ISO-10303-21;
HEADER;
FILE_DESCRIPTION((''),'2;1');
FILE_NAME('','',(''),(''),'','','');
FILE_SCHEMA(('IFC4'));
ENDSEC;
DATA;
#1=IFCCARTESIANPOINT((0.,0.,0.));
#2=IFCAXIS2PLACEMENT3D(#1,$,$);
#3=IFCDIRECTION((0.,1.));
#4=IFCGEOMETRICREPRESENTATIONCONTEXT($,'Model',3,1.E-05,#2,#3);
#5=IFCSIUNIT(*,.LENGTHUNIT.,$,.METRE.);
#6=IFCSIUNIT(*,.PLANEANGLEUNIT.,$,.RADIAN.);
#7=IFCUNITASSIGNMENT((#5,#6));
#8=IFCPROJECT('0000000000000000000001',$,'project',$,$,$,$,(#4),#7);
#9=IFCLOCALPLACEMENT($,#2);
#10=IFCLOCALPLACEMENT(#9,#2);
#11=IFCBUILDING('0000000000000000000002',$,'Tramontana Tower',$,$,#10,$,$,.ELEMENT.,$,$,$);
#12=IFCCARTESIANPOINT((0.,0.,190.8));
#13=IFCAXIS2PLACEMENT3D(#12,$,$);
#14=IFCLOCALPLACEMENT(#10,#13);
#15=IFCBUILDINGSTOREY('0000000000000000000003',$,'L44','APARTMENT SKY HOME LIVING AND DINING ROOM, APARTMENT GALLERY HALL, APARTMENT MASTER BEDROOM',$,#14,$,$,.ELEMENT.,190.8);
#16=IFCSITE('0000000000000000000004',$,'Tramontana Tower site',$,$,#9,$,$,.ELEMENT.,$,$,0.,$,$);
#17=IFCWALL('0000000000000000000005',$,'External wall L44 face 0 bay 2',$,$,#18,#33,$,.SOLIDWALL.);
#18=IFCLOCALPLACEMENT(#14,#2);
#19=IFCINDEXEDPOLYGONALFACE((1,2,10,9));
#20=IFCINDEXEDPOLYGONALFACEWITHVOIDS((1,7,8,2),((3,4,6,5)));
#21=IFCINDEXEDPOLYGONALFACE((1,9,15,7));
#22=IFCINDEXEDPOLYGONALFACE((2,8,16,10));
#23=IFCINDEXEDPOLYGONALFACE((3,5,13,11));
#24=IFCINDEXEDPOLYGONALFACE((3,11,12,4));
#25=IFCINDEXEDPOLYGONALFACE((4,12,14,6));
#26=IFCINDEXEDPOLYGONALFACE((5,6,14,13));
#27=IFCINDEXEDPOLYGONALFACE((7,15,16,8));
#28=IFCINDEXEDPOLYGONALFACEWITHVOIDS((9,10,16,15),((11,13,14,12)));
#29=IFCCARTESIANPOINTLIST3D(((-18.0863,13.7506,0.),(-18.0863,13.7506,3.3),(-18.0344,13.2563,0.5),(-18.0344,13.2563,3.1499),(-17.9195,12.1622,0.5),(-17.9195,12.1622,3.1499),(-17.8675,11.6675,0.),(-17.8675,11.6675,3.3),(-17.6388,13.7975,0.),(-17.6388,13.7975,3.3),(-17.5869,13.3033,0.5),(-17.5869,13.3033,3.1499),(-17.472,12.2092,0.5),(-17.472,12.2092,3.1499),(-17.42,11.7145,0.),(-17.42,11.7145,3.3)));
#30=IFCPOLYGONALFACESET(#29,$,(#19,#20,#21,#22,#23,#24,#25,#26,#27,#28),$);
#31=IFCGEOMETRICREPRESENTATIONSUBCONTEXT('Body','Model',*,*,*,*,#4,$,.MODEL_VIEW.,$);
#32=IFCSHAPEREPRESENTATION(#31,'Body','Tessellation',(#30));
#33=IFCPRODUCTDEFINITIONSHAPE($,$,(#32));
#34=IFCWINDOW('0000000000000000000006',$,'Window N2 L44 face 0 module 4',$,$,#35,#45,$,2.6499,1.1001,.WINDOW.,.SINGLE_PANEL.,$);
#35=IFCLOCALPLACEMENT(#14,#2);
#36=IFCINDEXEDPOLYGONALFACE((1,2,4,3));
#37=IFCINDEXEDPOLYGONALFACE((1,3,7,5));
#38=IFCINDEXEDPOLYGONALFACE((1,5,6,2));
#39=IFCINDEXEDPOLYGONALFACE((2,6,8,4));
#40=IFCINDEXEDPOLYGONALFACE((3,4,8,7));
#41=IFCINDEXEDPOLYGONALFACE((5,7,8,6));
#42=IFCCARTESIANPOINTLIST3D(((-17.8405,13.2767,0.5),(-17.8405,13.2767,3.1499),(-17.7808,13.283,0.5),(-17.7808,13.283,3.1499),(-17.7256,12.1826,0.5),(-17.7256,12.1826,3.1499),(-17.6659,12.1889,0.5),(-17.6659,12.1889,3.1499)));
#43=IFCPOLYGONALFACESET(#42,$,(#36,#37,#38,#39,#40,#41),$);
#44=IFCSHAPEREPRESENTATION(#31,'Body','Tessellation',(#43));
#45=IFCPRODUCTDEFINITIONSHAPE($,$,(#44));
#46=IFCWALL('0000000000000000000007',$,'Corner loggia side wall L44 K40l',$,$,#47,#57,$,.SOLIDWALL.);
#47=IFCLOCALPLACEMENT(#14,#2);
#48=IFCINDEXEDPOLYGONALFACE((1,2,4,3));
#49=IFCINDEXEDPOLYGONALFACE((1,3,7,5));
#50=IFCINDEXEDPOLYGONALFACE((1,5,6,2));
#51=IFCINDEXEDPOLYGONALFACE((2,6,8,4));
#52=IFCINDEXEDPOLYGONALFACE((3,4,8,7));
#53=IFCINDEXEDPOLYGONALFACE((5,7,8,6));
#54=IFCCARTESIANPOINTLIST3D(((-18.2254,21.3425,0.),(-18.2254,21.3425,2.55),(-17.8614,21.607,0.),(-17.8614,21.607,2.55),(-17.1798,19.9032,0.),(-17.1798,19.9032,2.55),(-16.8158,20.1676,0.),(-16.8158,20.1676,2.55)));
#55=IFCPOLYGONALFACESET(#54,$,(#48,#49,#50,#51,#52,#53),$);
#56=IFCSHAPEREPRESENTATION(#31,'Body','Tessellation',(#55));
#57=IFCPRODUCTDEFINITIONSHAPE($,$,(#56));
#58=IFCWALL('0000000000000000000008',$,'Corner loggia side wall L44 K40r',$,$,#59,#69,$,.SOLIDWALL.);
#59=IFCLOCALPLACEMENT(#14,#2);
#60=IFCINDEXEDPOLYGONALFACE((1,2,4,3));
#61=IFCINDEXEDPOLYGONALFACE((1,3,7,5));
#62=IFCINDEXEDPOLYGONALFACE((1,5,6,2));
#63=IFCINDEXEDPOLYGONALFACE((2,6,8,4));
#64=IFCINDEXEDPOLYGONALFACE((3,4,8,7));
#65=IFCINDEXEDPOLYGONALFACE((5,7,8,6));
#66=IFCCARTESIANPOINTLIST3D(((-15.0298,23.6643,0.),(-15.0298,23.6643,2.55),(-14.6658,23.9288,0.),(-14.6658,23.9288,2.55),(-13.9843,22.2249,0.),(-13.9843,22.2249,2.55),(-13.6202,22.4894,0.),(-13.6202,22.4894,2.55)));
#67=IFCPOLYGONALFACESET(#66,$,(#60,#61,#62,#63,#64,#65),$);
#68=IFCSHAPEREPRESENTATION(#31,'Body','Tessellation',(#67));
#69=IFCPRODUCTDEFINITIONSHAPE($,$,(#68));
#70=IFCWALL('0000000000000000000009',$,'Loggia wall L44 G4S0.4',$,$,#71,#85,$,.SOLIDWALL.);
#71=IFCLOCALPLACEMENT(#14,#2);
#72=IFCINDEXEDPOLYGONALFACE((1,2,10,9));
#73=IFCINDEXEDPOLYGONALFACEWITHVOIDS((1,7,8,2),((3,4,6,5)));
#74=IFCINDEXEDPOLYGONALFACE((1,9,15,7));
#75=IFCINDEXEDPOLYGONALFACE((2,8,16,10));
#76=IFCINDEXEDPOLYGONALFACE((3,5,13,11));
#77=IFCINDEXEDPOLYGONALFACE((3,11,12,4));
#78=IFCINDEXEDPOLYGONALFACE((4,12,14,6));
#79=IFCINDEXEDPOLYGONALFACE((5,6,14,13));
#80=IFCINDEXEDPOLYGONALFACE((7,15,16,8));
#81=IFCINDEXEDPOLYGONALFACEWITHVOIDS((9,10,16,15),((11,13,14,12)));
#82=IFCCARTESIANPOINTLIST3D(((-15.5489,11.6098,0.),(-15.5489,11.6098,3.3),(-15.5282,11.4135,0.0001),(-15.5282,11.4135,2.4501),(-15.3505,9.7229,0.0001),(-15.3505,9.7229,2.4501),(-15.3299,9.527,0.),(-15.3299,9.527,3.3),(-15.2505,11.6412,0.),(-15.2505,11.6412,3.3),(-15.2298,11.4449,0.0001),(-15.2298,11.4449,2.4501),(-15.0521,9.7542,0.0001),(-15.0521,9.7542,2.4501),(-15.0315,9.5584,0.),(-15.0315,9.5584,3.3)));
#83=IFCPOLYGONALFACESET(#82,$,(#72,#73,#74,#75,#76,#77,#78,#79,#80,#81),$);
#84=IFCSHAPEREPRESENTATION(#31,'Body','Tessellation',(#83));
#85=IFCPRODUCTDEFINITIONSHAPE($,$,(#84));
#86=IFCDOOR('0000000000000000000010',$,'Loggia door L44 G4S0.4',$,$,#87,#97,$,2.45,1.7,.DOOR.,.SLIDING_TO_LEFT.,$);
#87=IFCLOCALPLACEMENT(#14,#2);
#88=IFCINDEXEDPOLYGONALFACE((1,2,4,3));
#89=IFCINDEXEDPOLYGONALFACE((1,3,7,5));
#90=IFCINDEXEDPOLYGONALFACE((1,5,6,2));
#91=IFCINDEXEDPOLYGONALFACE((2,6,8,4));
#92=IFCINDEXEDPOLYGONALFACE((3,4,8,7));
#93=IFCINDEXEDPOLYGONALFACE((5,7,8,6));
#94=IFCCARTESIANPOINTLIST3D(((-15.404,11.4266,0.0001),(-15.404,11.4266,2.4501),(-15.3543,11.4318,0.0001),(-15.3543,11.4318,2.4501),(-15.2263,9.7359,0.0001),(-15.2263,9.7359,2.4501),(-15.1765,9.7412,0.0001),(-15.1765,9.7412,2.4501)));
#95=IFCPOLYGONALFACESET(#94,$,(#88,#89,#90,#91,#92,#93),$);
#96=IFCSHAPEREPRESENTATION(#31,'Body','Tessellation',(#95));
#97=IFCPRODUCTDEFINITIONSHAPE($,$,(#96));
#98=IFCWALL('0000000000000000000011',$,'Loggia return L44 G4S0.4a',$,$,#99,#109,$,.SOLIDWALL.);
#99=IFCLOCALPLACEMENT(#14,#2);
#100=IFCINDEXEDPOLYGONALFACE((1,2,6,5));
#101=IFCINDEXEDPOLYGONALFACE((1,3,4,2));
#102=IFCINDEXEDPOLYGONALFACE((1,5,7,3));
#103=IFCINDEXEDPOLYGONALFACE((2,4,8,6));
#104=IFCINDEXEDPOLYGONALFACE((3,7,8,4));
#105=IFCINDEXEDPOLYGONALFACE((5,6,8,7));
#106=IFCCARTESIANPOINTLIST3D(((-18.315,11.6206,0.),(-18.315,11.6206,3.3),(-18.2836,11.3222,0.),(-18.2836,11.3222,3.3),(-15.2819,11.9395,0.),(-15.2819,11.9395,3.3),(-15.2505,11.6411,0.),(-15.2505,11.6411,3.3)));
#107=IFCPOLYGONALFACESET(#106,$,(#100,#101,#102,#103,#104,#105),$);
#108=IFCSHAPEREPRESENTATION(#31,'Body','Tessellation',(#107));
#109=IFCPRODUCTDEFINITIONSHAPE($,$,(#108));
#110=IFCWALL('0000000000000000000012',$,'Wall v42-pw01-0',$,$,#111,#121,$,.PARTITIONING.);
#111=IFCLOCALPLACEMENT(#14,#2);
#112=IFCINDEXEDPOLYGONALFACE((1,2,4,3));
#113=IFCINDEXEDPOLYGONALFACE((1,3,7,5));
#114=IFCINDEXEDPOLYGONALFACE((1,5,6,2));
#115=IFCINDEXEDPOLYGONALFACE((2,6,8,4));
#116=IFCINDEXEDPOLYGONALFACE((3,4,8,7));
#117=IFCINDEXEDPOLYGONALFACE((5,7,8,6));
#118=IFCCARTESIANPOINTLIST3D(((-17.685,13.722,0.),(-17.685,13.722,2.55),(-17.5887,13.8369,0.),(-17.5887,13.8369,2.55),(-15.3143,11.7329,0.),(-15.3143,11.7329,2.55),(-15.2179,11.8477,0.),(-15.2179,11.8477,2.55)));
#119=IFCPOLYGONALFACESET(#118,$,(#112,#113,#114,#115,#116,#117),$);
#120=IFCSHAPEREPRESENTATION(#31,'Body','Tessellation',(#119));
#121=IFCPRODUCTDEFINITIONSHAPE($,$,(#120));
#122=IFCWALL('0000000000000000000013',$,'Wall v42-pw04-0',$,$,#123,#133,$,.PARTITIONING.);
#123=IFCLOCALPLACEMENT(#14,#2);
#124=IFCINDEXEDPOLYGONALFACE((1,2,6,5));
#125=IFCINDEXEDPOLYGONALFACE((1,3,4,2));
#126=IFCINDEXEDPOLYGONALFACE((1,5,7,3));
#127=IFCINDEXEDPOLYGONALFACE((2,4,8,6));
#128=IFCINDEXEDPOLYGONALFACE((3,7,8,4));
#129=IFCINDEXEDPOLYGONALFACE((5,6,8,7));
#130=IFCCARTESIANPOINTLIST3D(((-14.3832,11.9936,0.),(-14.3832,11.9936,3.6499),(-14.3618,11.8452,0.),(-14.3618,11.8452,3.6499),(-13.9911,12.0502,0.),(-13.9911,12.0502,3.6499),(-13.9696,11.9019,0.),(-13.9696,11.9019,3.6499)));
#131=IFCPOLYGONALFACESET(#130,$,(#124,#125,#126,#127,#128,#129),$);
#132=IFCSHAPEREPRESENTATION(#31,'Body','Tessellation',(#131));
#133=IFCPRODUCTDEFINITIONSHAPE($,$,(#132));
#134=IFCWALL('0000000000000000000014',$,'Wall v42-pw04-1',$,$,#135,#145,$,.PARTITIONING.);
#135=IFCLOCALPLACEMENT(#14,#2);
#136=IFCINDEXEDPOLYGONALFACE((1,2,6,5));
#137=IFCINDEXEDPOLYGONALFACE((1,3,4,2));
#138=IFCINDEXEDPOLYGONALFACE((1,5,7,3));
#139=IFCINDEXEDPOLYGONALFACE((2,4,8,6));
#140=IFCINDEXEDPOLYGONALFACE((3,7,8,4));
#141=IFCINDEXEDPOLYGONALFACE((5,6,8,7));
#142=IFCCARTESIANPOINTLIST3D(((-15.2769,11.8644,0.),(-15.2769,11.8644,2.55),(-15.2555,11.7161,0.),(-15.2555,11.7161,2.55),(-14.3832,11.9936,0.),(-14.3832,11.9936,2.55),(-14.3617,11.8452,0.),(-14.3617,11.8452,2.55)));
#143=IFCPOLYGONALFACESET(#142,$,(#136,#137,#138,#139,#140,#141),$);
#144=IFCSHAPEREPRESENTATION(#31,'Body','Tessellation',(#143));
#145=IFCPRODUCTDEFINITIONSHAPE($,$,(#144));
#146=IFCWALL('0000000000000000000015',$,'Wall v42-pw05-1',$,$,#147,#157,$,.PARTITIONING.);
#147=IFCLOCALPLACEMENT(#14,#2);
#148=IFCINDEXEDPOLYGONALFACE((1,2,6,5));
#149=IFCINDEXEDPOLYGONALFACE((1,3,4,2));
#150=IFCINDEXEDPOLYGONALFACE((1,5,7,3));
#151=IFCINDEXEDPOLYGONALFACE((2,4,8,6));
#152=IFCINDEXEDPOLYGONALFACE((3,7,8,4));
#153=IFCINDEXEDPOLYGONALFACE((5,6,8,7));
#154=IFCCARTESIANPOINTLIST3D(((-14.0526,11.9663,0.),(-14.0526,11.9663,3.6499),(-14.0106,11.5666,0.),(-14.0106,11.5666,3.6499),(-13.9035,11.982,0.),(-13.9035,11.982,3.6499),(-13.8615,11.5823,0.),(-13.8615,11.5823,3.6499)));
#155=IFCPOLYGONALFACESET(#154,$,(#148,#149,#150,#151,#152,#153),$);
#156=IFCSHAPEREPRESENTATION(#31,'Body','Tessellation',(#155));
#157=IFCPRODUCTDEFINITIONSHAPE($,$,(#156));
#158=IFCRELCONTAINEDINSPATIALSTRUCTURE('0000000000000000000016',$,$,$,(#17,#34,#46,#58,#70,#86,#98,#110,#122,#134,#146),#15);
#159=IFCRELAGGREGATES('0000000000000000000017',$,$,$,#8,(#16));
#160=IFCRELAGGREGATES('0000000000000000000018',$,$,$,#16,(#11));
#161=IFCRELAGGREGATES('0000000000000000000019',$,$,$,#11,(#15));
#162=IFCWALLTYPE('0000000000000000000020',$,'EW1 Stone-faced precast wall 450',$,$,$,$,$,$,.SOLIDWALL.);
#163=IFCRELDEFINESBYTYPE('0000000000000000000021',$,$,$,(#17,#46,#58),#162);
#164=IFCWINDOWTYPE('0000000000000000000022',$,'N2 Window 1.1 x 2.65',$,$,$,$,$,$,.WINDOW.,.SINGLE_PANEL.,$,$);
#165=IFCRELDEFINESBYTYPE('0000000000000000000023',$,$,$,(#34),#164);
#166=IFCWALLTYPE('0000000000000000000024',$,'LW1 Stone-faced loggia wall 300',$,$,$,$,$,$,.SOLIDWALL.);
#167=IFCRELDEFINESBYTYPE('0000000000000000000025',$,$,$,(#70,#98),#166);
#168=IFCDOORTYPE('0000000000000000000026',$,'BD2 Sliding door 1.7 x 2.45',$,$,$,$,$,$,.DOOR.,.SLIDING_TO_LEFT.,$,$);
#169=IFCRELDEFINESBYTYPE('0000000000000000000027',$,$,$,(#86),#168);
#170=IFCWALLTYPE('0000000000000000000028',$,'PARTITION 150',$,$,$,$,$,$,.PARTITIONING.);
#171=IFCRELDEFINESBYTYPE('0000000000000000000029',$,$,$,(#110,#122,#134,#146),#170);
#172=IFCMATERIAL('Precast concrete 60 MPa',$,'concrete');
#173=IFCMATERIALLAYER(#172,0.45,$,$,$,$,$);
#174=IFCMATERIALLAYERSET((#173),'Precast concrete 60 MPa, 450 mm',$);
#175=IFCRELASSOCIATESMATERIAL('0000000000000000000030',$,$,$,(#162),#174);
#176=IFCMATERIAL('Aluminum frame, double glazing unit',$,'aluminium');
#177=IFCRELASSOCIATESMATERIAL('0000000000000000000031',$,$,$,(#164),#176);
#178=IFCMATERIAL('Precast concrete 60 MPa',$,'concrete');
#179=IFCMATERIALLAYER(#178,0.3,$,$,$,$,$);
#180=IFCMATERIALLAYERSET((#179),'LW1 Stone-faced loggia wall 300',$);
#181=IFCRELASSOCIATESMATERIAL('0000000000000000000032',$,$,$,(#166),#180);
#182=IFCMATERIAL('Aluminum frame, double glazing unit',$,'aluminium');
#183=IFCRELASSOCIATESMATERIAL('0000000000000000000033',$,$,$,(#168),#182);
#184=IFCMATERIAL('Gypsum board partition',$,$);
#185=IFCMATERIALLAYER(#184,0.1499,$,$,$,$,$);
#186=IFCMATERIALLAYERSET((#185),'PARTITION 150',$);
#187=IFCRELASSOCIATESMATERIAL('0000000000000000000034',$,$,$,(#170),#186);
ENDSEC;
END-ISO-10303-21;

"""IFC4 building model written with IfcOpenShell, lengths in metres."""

from ifc_helpers import new_model, si_unit, direction, frame, frame_2d, origin, place, context, subcontext, project, spatial, rectangle, extrude, material, layer, layer_set, type_object, element, fill, save


model = new_model("IFC4")

# Units and contexts
model_context = context("Model", 3, precision=1e-05, world=origin(), true_north=direction((0.0, 1.0)))
body_context = subcontext(model_context, "Body", "Model", "MODEL_VIEW")
ifc_project = project(units=[si_unit("LENGTHUNIT", "METRE"), si_unit("PLANEANGLEUNIT", "RADIAN")], contexts=[model_context])

# Site, building, storey
site_placement = place(None, origin())
site = spatial("IfcSite", under=ifc_project, at=site_placement, Name="Tramontana Tower site", CompositionType="ELEMENT", RefElevation=0.0)
building_placement = place(site_placement, origin())
building = spatial("IfcBuilding", under=site, at=building_placement, Name="Tramontana Tower", CompositionType="ELEMENT")
storey_placement = place(building_placement, frame((0.0, 0.0, 190.8)))
storey = spatial("IfcBuildingStorey", under=building, at=storey_placement, Name="L44", Description="APARTMENT SKY HOME LIVING AND DINING ROOM, APARTMENT GALLERY HALL, APARTMENT MASTER BEDROOM", CompositionType="ELEMENT", Elevation=190.8)

# Shared definitions
ifc_material_1 = material(Name="Precast concrete 60 MPa", Category="concrete")
ifc_layer_1 = layer(ifc_material_1, 0.45)
ifc_layer_set_1 = layer_set([ifc_layer_1], Name="Precast concrete 60 MPa, 450 mm")
wall_type_1 = type_object("IfcWallType", Name="EW1 Stone-faced precast wall 450", PredefinedType="SOLIDWALL", material=ifc_layer_set_1)

# Wall, opening, window
wall_1_placement = place(storey_placement, frame((-17.8625, 13.7742, 0.0), z_axis=(0.0, 0.0, 1.0), x_axis=(0.104442, -0.994531, 0.0)))
wall_1 = element("IfcWall", 1, at=wall_1_placement, inside=storey, type_object=wall_type_1, Name="External wall L44 face 0 bay 2", PredefinedType="SOLIDWALL", context=body_context, shape_type="SweptSolid", body=[
    extrude(rectangle(XDim=2.0945, YDim=0.45, at=frame_2d((1.0474, 0.0))), origin(), (0.0, 0.0, 1.0), 3.3),
])
opening_1_placement = place(wall_1_placement, frame((0.4971, 0.0, 0.5)))
opening_1 = element("IfcOpeningElement", 2, at=opening_1_placement, cuts=wall_1, PredefinedType="OPENING", context=body_context, shape_type="SweptSolid", body=[
    extrude(rectangle(XDim=1.1001, YDim=2.6499, at=frame_2d((0.55, 1.325))), frame((0.0, 0.2349, 0.0), z_axis=(0.0, -1.0, 0.0), x_axis=(1.0, 0.0, 0.0)), (0.0, 0.0, 1.0), 0.47),
])
ifc_material_2 = material(Name="Aluminum frame, double glazing unit", Category="aluminium")
window_type_1 = type_object("IfcWindowType", Name="N2 Window 1.1 x 2.65", PartitioningType="SINGLE_PANEL", PredefinedType="WINDOW", material=ifc_material_2)
window_1_placement = place(opening_1_placement, origin())
window_1 = element("IfcWindow", 3, at=window_1_placement, inside=storey, type_object=window_type_1, Name="Window N2 L44 face 0 module 4", OverallHeight=2.6499, OverallWidth=1.1001, PartitioningType="SINGLE_PANEL", PredefinedType="WINDOW", context=body_context, shape_type="SweptSolid", body=[
    extrude(rectangle(XDim=1.1001, YDim=2.6499, at=frame_2d((0.55, 1.325))), frame((0.0, 0.03, 0.0), z_axis=(0.0, -1.0, 0.0), x_axis=(1.0, 0.0, 0.0)), (0.0, 0.0, 1.0), 0.0601),
])
fill(opening_1, window_1)

# Walls
for number, where, z_axis, x_axis, name in (
    (4, (-18.0435, 21.4749, 0.0), (0.0, 0.0, 1.0), (0.587723, -0.809062, 0.0), "Corner loggia side wall L44 K40l"),
    (5, (-14.8479, 23.7966, 0.0), (0.0, 0.0, 1.0), (0.587723, -0.809062, 0.0), "Corner loggia side wall L44 K40r"),
):
    element("IfcWall", number, at=place(storey_placement, frame(where, z_axis=z_axis, x_axis=x_axis)), inside=storey, type_object=wall_type_1, Name=name, PredefinedType="SOLIDWALL", context=body_context, shape_type="SweptSolid", body=[
        extrude(rectangle(XDim=1.7791, YDim=0.45, at=frame_2d((0.8896, 0.0))), origin(), (0.0, 0.0, 1.0), 2.55),
    ])

# Wall, opening, door
ifc_material_3 = material(Name="Precast concrete 60 MPa", Category="concrete")
ifc_layer_2 = layer(ifc_material_3, 0.3)
ifc_layer_set_2 = layer_set([ifc_layer_2], Name="LW1 Stone-faced loggia wall 300")
wall_type_2 = type_object("IfcWallType", Name="LW1 Stone-faced loggia wall 300", PredefinedType="SOLIDWALL", material=ifc_layer_set_2)
wall_2_placement = place(storey_placement, frame((-15.3997, 11.6255, 0.0), z_axis=(0.0, 0.0, 1.0), x_axis=(0.104569, -0.994518, 0.0)))
wall_2 = element("IfcWall", 6, at=wall_2_placement, inside=storey, type_object=wall_type_2, Name="Loggia wall L44 G4S0.4", PredefinedType="SOLIDWALL", context=body_context, shape_type="SweptSolid", body=[
    extrude(rectangle(XDim=2.0942, YDim=0.3, at=frame_2d((1.0471, 0.0))), origin(), (0.0, 0.0, 1.0), 3.3),
])
opening_2_placement = place(wall_2_placement, frame((0.1973, 0.0, 0.0)))
opening_2 = element("IfcOpeningElement", 7, at=opening_2_placement, cuts=wall_2, PredefinedType="OPENING", context=body_context, shape_type="SweptSolid", body=[
    extrude(rectangle(XDim=1.7, YDim=2.45, at=frame_2d((0.8501, 1.2251))), frame((0.0, 0.1599, 0.0), z_axis=(0.0, -1.0, 0.0), x_axis=(1.0, 0.0, 0.0)), (0.0, 0.0, 1.0), 0.3201),
])
ifc_material_4 = material(Name="Aluminum frame, double glazing unit", Category="aluminium")
door_type_1 = type_object("IfcDoorType", Name="BD2 Sliding door 1.7 x 2.45", OperationType="SLIDING_TO_LEFT", PredefinedType="DOOR", material=ifc_material_4)
door_1_placement = place(opening_2_placement, origin())
door_1 = element("IfcDoor", 8, at=door_1_placement, inside=storey, type_object=door_type_1, Name="Loggia door L44 G4S0.4", OperationType="SLIDING_TO_LEFT", OverallHeight=2.45, OverallWidth=1.7, PredefinedType="DOOR", context=body_context, shape_type="SweptSolid", body=[
    extrude(rectangle(XDim=1.7, YDim=2.45, at=frame_2d((0.8501, 1.2251))), frame((0.0, 0.0249, 0.0), z_axis=(0.0, -1.0, 0.0), x_axis=(1.0, 0.0, 0.0)), (0.0, 0.0, 1.0), 0.05),
])
fill(opening_2, door_1)

# Walls
wall_3_placement = place(storey_placement, frame((-18.2993, 11.4714, 0.0), z_axis=(0.0, 0.0, 1.0), x_axis=(0.99452, 0.104543, 0.0)))
element("IfcWall", 9, at=wall_3_placement, inside=storey, type_object=wall_type_2, Name="Loggia return L44 G4S0.4a", PredefinedType="SOLIDWALL", context=body_context, shape_type="SweptSolid", body=[
    extrude(rectangle(XDim=3.0498, YDim=0.3, at=frame_2d((1.5249, 0.0))), origin(), (0.0, 0.0, 1.0), 3.3),
])
ifc_material_5 = material(Name="Gypsum board partition")
ifc_layer_3 = layer(ifc_material_5, 0.1499)
ifc_layer_set_3 = layer_set([ifc_layer_3], Name="PARTITION 150")
wall_type_3 = type_object("IfcWallType", Name="PARTITION 150", PredefinedType="PARTITIONING", material=ifc_layer_set_3)
wall_4_placement = place(storey_placement, frame((-15.2661, 11.7903, 0.0), z_axis=(0.0, 0.0, 1.0), x_axis=(-0.766064, 0.642765, 0.0)))
element("IfcWall", 10, at=wall_4_placement, inside=storey, type_object=wall_type_3, Name="Wall v42-pw01-0", PredefinedType="PARTITIONING", context=body_context, shape_type="SweptSolid", body=[
    extrude(rectangle(XDim=3.0947, YDim=0.1499, at=frame_2d((1.5474, 0.0))), origin(), (0.0, 0.0, 1.0), 2.55),
])
wall_5_placement = place(storey_placement, frame((-13.9802, 11.9761, 0.0), z_axis=(0.0, 0.0, 1.0), x_axis=(-0.989726, -0.142974, 0.0)))
element("IfcWall", 11, at=wall_5_placement, inside=storey, type_object=wall_type_3, Name="Wall v42-pw04-0", PredefinedType="PARTITIONING", context=body_context, shape_type="SweptSolid", body=[
    extrude(rectangle(XDim=0.3962, YDim=0.1499, at=frame_2d((0.1982, 0.0))), origin(), (0.0, 0.0, 1.0), 3.6499),
])
wall_6_placement = place(storey_placement, frame((-14.3723, 11.9194, 0.0), z_axis=(0.0, 0.0, 1.0), x_axis=(-0.989721, -0.143011, 0.0)))
element("IfcWall", 12, at=wall_6_placement, inside=storey, type_object=wall_type_3, Name="Wall v42-pw04-1", PredefinedType="PARTITIONING", context=body_context, shape_type="SweptSolid", body=[
    extrude(rectangle(XDim=0.9031, YDim=0.1499, at=frame_2d((0.4517, 0.0))), origin(), (0.0, 0.0, 1.0), 2.55),
])
wall_7_placement = place(storey_placement, frame((-13.936, 11.5745, 0.0), z_axis=(0.0, 0.0, 1.0), x_axis=(-0.104495, 0.994525, 0.0)))
element("IfcWall", 13, at=wall_7_placement, inside=storey, type_object=wall_type_3, Name="Wall v42-pw05-1", PredefinedType="PARTITIONING", context=body_context, shape_type="SweptSolid", body=[
    extrude(rectangle(XDim=0.4019, YDim=0.1499, at=frame_2d((0.2009, 0.0))), origin(), (0.0, 0.0, 1.0), 3.6499),
])

save(model, "model.ifc")
